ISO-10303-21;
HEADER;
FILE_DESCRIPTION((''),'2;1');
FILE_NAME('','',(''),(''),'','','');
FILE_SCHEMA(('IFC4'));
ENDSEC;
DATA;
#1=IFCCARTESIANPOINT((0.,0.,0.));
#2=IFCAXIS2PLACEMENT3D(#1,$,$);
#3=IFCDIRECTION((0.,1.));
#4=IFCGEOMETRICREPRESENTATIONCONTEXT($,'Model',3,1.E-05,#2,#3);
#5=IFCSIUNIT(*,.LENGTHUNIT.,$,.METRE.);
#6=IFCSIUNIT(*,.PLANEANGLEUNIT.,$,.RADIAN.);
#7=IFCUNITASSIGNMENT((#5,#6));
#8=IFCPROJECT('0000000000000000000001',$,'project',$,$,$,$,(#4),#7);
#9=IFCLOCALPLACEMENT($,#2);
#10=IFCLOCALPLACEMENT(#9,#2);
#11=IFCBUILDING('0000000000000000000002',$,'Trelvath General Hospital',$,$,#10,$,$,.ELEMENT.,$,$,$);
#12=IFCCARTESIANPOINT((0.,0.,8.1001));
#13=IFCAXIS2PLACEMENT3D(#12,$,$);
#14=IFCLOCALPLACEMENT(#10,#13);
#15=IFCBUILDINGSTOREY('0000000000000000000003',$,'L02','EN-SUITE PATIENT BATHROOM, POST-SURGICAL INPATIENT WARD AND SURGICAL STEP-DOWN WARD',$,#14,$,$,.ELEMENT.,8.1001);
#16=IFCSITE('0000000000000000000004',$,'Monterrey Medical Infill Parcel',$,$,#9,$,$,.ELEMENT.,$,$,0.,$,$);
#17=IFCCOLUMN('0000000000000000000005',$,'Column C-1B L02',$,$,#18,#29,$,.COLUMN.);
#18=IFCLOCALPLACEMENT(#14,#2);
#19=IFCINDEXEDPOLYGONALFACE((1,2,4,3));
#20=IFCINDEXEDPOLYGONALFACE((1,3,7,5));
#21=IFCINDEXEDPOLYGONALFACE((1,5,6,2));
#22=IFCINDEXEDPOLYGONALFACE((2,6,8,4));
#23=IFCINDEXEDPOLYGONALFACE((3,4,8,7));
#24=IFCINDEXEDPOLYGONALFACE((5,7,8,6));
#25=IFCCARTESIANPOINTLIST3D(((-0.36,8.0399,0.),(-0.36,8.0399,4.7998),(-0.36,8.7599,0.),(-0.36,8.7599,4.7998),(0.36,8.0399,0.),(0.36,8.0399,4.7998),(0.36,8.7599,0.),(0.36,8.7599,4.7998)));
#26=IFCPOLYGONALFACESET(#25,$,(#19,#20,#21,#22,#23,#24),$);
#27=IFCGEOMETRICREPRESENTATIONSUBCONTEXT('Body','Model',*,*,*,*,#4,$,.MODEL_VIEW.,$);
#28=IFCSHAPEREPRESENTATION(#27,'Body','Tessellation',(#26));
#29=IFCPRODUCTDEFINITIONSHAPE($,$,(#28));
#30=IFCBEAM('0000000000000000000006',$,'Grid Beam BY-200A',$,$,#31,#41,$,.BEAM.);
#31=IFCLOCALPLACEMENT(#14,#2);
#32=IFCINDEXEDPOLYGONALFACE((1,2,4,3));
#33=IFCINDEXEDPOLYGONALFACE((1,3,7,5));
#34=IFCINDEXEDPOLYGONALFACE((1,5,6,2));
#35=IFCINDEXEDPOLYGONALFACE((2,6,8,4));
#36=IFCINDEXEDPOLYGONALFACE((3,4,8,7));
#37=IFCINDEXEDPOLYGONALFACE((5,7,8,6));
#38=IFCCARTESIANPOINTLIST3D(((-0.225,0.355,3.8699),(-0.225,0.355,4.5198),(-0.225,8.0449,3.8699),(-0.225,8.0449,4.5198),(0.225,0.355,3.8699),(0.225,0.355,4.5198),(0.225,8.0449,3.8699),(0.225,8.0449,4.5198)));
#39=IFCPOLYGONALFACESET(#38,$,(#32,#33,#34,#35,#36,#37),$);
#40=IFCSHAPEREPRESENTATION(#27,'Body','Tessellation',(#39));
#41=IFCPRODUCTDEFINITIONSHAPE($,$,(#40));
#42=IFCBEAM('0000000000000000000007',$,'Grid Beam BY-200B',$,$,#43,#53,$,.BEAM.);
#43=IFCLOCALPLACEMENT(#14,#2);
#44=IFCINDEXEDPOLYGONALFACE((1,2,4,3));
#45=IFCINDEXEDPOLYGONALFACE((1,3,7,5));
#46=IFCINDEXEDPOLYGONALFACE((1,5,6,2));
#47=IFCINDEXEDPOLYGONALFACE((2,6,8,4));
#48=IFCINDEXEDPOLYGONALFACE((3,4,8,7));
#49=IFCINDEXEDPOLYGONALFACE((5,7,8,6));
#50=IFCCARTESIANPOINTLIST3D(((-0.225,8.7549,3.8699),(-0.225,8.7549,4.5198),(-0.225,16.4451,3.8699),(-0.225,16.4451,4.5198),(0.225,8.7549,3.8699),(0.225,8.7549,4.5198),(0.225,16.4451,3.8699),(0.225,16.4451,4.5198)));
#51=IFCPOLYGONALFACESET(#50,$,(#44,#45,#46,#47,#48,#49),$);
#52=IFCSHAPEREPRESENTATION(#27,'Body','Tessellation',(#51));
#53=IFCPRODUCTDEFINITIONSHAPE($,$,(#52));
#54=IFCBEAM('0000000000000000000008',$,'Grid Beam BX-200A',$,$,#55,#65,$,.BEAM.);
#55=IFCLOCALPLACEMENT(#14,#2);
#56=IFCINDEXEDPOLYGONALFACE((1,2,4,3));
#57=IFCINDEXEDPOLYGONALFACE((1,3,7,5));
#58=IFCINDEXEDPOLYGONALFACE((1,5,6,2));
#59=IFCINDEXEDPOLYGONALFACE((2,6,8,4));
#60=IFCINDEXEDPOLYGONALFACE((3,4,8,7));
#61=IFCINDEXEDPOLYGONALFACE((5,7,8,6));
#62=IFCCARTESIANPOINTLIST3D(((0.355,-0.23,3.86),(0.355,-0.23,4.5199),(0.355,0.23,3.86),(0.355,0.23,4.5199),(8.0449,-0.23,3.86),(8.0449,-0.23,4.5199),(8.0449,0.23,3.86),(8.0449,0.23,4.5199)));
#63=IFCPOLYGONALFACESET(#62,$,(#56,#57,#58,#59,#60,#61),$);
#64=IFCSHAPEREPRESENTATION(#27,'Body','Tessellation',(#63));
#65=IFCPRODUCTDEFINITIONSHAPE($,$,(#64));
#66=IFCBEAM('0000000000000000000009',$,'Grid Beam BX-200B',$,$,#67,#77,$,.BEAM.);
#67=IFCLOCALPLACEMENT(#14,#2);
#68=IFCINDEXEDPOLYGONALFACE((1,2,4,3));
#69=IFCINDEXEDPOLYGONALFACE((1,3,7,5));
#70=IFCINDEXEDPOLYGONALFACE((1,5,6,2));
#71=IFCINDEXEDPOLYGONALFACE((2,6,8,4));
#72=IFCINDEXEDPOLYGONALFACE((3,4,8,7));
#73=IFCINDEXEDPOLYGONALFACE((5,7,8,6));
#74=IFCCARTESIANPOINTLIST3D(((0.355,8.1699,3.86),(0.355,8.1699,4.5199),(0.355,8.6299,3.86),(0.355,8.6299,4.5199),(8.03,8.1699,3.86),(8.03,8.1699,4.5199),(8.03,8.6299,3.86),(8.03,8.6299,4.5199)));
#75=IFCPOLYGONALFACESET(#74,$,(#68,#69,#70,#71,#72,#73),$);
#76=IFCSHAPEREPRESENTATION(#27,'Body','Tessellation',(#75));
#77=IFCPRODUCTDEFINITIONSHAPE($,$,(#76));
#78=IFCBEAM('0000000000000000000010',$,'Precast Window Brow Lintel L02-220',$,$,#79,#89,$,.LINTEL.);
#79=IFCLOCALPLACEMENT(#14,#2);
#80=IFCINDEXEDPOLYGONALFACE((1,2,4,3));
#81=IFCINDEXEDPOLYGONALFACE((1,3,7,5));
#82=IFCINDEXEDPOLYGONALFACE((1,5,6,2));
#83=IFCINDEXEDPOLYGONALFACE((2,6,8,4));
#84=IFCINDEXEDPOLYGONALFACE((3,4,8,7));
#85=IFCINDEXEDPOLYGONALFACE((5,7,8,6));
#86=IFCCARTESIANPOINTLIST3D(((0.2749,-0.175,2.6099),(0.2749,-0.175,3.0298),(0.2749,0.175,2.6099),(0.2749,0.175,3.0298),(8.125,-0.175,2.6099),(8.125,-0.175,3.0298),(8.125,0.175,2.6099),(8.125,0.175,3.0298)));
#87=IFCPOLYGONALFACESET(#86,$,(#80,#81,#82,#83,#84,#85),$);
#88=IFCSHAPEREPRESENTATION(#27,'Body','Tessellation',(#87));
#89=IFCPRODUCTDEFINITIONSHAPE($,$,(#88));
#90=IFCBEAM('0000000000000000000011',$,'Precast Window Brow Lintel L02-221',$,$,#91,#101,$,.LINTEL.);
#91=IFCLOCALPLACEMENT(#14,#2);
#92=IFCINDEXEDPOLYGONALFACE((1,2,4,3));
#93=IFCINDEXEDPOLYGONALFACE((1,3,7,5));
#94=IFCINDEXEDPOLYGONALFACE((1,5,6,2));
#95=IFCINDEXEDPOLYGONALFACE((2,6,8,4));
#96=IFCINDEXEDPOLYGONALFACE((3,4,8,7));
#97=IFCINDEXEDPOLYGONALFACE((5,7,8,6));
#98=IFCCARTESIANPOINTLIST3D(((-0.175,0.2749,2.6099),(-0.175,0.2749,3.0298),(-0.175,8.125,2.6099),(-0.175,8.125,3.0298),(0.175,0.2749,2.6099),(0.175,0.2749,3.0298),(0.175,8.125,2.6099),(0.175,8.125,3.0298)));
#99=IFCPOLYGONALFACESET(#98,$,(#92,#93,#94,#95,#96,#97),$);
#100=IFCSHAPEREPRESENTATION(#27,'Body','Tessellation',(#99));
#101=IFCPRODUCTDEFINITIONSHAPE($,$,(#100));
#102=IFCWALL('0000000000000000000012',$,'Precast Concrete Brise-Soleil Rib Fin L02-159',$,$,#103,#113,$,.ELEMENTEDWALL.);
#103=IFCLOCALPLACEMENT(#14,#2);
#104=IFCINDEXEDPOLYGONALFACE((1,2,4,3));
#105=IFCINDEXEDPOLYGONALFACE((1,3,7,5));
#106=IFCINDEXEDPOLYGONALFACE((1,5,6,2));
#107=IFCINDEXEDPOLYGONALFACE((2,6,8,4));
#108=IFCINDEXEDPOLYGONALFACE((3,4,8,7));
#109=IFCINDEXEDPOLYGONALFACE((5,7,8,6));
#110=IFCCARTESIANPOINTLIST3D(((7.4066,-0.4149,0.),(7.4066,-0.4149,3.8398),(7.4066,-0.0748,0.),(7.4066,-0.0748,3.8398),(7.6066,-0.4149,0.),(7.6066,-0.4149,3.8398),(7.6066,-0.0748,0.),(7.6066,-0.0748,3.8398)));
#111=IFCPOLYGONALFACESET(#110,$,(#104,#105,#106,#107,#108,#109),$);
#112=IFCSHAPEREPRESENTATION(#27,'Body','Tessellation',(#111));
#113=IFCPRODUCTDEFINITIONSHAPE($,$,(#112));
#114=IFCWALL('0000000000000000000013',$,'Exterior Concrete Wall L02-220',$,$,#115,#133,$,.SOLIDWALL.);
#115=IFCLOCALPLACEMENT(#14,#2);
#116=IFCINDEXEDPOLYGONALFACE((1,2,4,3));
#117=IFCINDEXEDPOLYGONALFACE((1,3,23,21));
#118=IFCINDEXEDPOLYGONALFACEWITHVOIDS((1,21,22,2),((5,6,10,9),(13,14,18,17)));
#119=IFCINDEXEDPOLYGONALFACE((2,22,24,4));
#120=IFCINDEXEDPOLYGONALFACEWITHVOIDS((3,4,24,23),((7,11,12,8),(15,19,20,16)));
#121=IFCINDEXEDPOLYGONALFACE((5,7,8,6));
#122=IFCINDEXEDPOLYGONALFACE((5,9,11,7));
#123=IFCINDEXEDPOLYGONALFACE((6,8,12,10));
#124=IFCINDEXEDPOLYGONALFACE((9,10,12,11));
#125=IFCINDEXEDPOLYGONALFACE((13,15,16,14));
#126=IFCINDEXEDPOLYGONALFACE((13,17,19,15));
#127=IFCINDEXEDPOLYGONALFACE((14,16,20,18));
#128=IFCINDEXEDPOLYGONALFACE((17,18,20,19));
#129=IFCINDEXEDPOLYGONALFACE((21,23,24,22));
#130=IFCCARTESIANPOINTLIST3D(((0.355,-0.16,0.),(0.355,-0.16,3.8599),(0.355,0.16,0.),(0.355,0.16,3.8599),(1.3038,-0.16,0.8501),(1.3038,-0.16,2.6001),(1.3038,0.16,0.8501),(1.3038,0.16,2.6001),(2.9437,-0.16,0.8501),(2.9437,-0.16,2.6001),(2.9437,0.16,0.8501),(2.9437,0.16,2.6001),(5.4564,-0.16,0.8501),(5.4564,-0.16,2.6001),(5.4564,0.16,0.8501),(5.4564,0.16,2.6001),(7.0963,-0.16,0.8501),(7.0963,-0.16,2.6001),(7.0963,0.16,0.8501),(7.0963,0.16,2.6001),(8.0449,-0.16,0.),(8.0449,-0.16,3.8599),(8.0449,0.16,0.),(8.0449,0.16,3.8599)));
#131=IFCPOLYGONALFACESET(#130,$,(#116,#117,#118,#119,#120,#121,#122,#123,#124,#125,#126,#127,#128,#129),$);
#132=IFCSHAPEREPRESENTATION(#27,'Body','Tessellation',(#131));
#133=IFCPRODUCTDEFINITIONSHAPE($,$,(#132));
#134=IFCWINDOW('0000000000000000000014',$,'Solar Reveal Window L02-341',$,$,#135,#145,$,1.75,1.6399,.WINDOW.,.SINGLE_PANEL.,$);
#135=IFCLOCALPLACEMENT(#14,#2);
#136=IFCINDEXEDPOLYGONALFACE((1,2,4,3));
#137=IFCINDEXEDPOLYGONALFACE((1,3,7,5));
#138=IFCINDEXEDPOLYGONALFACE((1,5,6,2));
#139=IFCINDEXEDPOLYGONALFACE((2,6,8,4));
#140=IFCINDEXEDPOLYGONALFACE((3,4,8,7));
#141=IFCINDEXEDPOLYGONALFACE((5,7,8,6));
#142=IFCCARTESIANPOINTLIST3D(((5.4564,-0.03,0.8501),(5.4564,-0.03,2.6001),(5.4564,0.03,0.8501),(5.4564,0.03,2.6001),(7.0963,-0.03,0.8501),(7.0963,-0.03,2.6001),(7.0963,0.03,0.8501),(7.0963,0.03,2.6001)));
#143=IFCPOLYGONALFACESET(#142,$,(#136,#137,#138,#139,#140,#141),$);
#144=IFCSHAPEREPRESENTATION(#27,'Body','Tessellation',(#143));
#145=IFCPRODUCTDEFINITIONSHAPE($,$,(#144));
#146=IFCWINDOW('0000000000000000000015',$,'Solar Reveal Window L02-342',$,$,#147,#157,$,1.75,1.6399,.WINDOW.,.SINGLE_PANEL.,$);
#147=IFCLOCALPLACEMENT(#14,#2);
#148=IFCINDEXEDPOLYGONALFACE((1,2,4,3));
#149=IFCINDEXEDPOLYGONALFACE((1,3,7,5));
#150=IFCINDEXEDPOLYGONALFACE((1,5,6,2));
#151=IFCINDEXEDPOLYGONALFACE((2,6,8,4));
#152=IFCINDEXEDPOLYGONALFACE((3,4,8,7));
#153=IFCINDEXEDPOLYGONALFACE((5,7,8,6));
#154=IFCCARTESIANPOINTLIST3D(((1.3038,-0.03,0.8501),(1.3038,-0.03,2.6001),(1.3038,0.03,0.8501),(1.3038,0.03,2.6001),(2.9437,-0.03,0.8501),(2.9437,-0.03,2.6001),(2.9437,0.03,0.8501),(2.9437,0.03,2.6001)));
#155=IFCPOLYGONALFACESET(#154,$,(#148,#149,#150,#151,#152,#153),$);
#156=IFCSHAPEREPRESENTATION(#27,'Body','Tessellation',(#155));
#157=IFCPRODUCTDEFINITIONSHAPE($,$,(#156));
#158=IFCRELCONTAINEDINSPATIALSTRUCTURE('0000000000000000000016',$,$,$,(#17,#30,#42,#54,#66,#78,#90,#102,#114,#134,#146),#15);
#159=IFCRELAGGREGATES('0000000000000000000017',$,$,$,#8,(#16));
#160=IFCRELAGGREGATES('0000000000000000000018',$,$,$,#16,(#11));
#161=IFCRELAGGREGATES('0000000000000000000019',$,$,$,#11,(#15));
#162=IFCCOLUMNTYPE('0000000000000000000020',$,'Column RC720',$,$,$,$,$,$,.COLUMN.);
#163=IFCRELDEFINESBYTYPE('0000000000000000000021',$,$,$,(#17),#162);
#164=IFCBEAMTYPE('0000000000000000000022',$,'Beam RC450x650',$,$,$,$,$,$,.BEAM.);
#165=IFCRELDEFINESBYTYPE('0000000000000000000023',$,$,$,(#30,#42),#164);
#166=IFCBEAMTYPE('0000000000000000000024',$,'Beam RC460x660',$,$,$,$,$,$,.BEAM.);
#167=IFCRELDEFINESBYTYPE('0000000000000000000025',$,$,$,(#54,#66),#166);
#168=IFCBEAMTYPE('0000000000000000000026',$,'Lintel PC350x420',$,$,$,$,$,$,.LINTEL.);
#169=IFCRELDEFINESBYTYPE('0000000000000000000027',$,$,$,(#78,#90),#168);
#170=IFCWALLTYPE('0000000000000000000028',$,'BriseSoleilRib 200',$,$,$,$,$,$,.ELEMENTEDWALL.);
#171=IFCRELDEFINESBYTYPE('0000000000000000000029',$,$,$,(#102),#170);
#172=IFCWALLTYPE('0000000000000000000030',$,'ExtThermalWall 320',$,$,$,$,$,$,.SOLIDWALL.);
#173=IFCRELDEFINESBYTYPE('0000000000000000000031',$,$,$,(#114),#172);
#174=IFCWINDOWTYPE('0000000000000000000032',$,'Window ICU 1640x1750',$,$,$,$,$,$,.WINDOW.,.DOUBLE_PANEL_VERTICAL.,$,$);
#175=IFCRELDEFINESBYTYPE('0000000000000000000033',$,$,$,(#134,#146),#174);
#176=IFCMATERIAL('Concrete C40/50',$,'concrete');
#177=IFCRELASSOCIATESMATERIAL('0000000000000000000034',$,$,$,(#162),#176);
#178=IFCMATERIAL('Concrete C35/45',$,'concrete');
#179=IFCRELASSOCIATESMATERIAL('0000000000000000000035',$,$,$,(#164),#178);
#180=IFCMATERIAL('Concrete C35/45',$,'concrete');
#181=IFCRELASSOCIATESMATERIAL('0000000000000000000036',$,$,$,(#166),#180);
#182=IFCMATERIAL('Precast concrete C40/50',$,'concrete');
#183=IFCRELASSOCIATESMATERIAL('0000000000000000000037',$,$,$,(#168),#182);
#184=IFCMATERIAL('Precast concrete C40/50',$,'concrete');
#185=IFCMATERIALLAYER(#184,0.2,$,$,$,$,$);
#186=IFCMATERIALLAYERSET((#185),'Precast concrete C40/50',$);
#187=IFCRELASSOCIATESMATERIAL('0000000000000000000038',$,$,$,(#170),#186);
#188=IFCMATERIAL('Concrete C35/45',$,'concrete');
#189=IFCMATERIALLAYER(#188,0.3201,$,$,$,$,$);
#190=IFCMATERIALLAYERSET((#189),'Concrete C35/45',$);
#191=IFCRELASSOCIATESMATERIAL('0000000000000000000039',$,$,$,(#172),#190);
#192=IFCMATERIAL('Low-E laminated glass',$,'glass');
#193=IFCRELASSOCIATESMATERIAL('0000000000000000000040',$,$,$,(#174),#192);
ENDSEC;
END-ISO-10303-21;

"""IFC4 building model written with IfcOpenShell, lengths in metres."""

from ifc_helpers import new_model, si_unit, direction, frame, frame_2d, origin, origin_2d, place, context, subcontext, project, spatial, rectangle, extrude, material, layer, layer_set, material_profile, profile_set, type_object, element, fill, save


model = new_model("IFC4")

# Units and contexts
model_context = context("Model", 3, precision=1e-05, world=origin(), true_north=direction((0.0, 1.0)))
body_context = subcontext(model_context, "Body", "Model", "MODEL_VIEW")
ifc_project = project(units=[si_unit("LENGTHUNIT", "METRE"), si_unit("PLANEANGLEUNIT", "RADIAN")], contexts=[model_context])

# Site, building, storey
site_placement = place(None, origin())
site = spatial("IfcSite", under=ifc_project, at=site_placement, Name="Monterrey Medical Infill Parcel", CompositionType="ELEMENT", RefElevation=0.0)
building_placement = place(site_placement, origin())
building = spatial("IfcBuilding", under=site, at=building_placement, Name="Trelvath General Hospital", CompositionType="ELEMENT")
storey_placement = place(building_placement, frame((0.0, 0.0, 8.1001)))
storey = spatial("IfcBuildingStorey", under=building, at=storey_placement, Name="L02", Description="EN-SUITE PATIENT BATHROOM, POST-SURGICAL INPATIENT WARD AND SURGICAL STEP-DOWN WARD", CompositionType="ELEMENT", Elevation=8.1001)

# Column
ifc_material_1 = material(Name="Concrete C40/50", Category="concrete")
ifc_material_profile_1 = material_profile(ifc_material_1, rectangle(XDim=0.72, YDim=0.72, at=origin_2d()), Name="RC720x720")
ifc_profile_set_1 = profile_set([ifc_material_profile_1], Name="Concrete C40/50")
column_type = type_object("IfcColumnType", Name="Column RC720", PredefinedType="COLUMN", material=ifc_profile_set_1)
column_placement = place(storey_placement, frame((0.0, 8.3999, 0.0), z_axis=(0.0, 0.0, 1.0), x_axis=(1.0, 0.0, 0.0)))
element("IfcColumn", 1, at=column_placement, inside=storey, type_object=column_type, Name="Column C-1B L02", PredefinedType="COLUMN", context=body_context, shape_type="SweptSolid", body=[
    extrude(rectangle(XDim=0.72, YDim=0.72, at=origin_2d()), origin(), (0.0, 0.0, 1.0), 4.7998),
])

# Beams
ifc_material_2 = material(Name="Concrete C35/45", Category="concrete")
ifc_material_profile_2 = material_profile(ifc_material_2, rectangle(XDim=0.45, YDim=0.6499, at=origin_2d()), Name="RCB450x650")
ifc_profile_set_2 = profile_set([ifc_material_profile_2], Name="Concrete C35/45")
beam_type_1 = type_object("IfcBeamType", Name="Beam RC450x650", PredefinedType="BEAM", material=ifc_profile_set_2)
beam_1_placement = place(storey_placement, frame((0.0, 0.355, 4.1948), z_axis=(0.0, 1.0, 0.0), x_axis=(-1.0, 0.0, 0.0)))
element("IfcBeam", 2, at=beam_1_placement, inside=storey, type_object=beam_type_1, Name="Grid Beam BY-200A", PredefinedType="BEAM", context=body_context, shape_type="SweptSolid", body=[
    extrude(rectangle(XDim=0.45, YDim=0.6499, at=origin_2d()), origin(), (0.0, 0.0, 1.0), 7.6899),
])
beam_2_placement = place(storey_placement, frame((0.0, 8.7549, 4.1948), z_axis=(0.0, 1.0, 0.0), x_axis=(-1.0, 0.0, 0.0)))
element("IfcBeam", 3, at=beam_2_placement, inside=storey, type_object=beam_type_1, Name="Grid Beam BY-200B", PredefinedType="BEAM", context=body_context, shape_type="SweptSolid", body=[
    extrude(rectangle(XDim=0.45, YDim=0.6499, at=origin_2d()), origin(), (0.0, 0.0, 1.0), 7.6902),
])
ifc_material_3 = material(Name="Concrete C35/45", Category="concrete")
ifc_material_profile_3 = material_profile(ifc_material_3, rectangle(XDim=0.46, YDim=0.6599, at=origin_2d()), Name="RCB460x660")
ifc_profile_set_3 = profile_set([ifc_material_profile_3], Name="Concrete C35/45")
beam_type_2 = type_object("IfcBeamType", Name="Beam RC460x660", PredefinedType="BEAM", material=ifc_profile_set_3)
beam_3_placement = place(storey_placement, frame((0.355, 0.0, 4.1899), z_axis=(1.0, 0.0, 0.0), x_axis=(0.0, 1.0, 0.0)))
element("IfcBeam", 4, at=beam_3_placement, inside=storey, type_object=beam_type_2, Name="Grid Beam BX-200A", PredefinedType="BEAM", context=body_context, shape_type="SweptSolid", body=[
    extrude(rectangle(XDim=0.46, YDim=0.6599, at=origin_2d()), origin(), (0.0, 0.0, 1.0), 7.6899),
])
beam_4_placement = place(storey_placement, frame((0.355, 8.3999, 4.1899), z_axis=(1.0, 0.0, 0.0), x_axis=(0.0, 1.0, 0.0)))
element("IfcBeam", 5, at=beam_4_placement, inside=storey, type_object=beam_type_2, Name="Grid Beam BX-200B", PredefinedType="BEAM", context=body_context, shape_type="SweptSolid", body=[
    extrude(rectangle(XDim=0.46, YDim=0.6599, at=origin_2d()), origin(), (0.0, 0.0, 1.0), 7.675),
])
ifc_material_4 = material(Name="Precast concrete C40/50", Category="concrete")
ifc_material_profile_4 = material_profile(ifc_material_4, rectangle(XDim=0.3501, YDim=0.4199, at=origin_2d()), Name="PCL350x420")
ifc_profile_set_4 = profile_set([ifc_material_profile_4], Name="Precast concrete C40/50")
beam_type_3 = type_object("IfcBeamType", Name="Lintel PC350x420", PredefinedType="LINTEL", material=ifc_profile_set_4)
for number, where, z_axis, x_axis, name in (
    (6, (8.125, 0.0, 2.8198), (-1.0, 0.0, 0.0), (0.0, -1.0, 0.0), "Precast Window Brow Lintel L02-220"),
    (7, (0.0, 0.2749, 2.8198), (0.0, 1.0, 0.0), (-1.0, 0.0, 0.0), "Precast Window Brow Lintel L02-221"),
):
    element("IfcBeam", number, at=place(storey_placement, frame(where, z_axis=z_axis, x_axis=x_axis)), inside=storey, type_object=beam_type_3, Name=name, PredefinedType="LINTEL", context=body_context, shape_type="SweptSolid", body=[
        extrude(rectangle(XDim=0.3501, YDim=0.4199, at=origin_2d()), origin(), (0.0, 0.0, 1.0), 7.8501),
    ])

# Wall
ifc_material_5 = material(Name="Precast concrete C40/50", Category="concrete")
ifc_layer_1 = layer(ifc_material_5, 0.2)
ifc_layer_set_1 = layer_set([ifc_layer_1], Name="Precast concrete C40/50")
wall_type_1 = type_object("IfcWallType", Name="BriseSoleilRib 200", PredefinedType="ELEMENTEDWALL", material=ifc_layer_set_1)
wall_1_placement = place(storey_placement, frame((7.5066, -0.075, 0.0), z_axis=(0.0, 0.0, 1.0), x_axis=(0.0, -1.0, 0.0)))
element("IfcWall", 8, at=wall_1_placement, inside=storey, type_object=wall_type_1, Name="Precast Concrete Brise-Soleil Rib Fin L02-159", PredefinedType="ELEMENTEDWALL", context=body_context, shape_type="SweptSolid", body=[
    extrude(rectangle(XDim=0.3401, YDim=0.2, at=frame_2d((0.1699, 0.0))), origin(), (0.0, 0.0, 1.0), 3.8398),
])

# Wall, openings, windows
ifc_material_6 = material(Name="Concrete C35/45", Category="concrete")
ifc_layer_2 = layer(ifc_material_6, 0.3201)
ifc_layer_set_2 = layer_set([ifc_layer_2], Name="Concrete C35/45")
wall_type_2 = type_object("IfcWallType", Name="ExtThermalWall 320", PredefinedType="SOLIDWALL", material=ifc_layer_set_2)
wall_2_placement = place(storey_placement, frame((8.0449, 0.0, 0.0), z_axis=(0.0, 0.0, 1.0), x_axis=(-1.0, 0.0, 0.0)))
wall_2 = element("IfcWall", 9, at=wall_2_placement, inside=storey, type_object=wall_type_2, Name="Exterior Concrete Wall L02-220", PredefinedType="SOLIDWALL", context=body_context, shape_type="SweptSolid", body=[
    extrude(rectangle(XDim=7.6899, YDim=0.3201, at=frame_2d((3.845, 0.0))), origin(), (0.0, 0.0, 1.0), 3.8599),
])
opening_1_placement = place(wall_2_placement, frame((0.9487, 0.0, 0.8501)))
opening_1 = element("IfcOpeningElement", 10, at=opening_1_placement, cuts=wall_2, PredefinedType="OPENING", context=body_context, shape_type="SweptSolid", body=[
    extrude(rectangle(XDim=1.6399, YDim=1.75, at=frame_2d((0.8198, 0.875))), frame((0.0, 0.1699, 0.0), z_axis=(0.0, -1.0, 0.0), x_axis=(1.0, 0.0, 0.0)), (0.0, 0.0, 1.0), 0.3401),
])
opening_2_placement = place(wall_2_placement, frame((5.1013, 0.0, 0.8501)))
opening_2 = element("IfcOpeningElement", 11, at=opening_2_placement, cuts=wall_2, PredefinedType="OPENING", context=body_context, shape_type="SweptSolid", body=[
    extrude(rectangle(XDim=1.6399, YDim=1.75, at=frame_2d((0.8198, 0.875))), frame((0.0, 0.1699, 0.0), z_axis=(0.0, -1.0, 0.0), x_axis=(1.0, 0.0, 0.0)), (0.0, 0.0, 1.0), 0.3401),
])
ifc_material_7 = material(Name="Low-E laminated glass", Category="glass")
window_type_1 = type_object("IfcWindowType", Name="Window ICU 1640x1750", PartitioningType="DOUBLE_PANEL_VERTICAL", PredefinedType="WINDOW", material=ifc_material_7)
window_1_placement = place(opening_1_placement, origin())
window_1 = element("IfcWindow", 12, at=window_1_placement, inside=storey, type_object=window_type_1, Name="Solar Reveal Window L02-341", OverallHeight=1.75, OverallWidth=1.6399, PartitioningType="SINGLE_PANEL", PredefinedType="WINDOW", context=body_context, shape_type="SweptSolid", body=[
    extrude(rectangle(XDim=1.6399, YDim=1.75, at=frame_2d((0.8198, 0.875))), frame((0.0, 0.03, 0.0), z_axis=(0.0, -1.0, 0.0), x_axis=(1.0, 0.0, 0.0)), (0.0, 0.0, 1.0), 0.0601),
])
fill(opening_1, window_1)
window_2_placement = place(opening_2_placement, origin())
window_2 = element("IfcWindow", 13, at=window_2_placement, inside=storey, type_object=window_type_1, Name="Solar Reveal Window L02-342", OverallHeight=1.75, OverallWidth=1.6399, PartitioningType="SINGLE_PANEL", PredefinedType="WINDOW", context=body_context, shape_type="SweptSolid", body=[
    extrude(rectangle(XDim=1.6399, YDim=1.75, at=frame_2d((0.8198, 0.875))), frame((0.0, 0.03, 0.0), z_axis=(0.0, -1.0, 0.0), x_axis=(1.0, 0.0, 0.0)), (0.0, 0.0, 1.0), 0.0601),
])
fill(opening_2, window_2)

save(model, "model.ifc")
